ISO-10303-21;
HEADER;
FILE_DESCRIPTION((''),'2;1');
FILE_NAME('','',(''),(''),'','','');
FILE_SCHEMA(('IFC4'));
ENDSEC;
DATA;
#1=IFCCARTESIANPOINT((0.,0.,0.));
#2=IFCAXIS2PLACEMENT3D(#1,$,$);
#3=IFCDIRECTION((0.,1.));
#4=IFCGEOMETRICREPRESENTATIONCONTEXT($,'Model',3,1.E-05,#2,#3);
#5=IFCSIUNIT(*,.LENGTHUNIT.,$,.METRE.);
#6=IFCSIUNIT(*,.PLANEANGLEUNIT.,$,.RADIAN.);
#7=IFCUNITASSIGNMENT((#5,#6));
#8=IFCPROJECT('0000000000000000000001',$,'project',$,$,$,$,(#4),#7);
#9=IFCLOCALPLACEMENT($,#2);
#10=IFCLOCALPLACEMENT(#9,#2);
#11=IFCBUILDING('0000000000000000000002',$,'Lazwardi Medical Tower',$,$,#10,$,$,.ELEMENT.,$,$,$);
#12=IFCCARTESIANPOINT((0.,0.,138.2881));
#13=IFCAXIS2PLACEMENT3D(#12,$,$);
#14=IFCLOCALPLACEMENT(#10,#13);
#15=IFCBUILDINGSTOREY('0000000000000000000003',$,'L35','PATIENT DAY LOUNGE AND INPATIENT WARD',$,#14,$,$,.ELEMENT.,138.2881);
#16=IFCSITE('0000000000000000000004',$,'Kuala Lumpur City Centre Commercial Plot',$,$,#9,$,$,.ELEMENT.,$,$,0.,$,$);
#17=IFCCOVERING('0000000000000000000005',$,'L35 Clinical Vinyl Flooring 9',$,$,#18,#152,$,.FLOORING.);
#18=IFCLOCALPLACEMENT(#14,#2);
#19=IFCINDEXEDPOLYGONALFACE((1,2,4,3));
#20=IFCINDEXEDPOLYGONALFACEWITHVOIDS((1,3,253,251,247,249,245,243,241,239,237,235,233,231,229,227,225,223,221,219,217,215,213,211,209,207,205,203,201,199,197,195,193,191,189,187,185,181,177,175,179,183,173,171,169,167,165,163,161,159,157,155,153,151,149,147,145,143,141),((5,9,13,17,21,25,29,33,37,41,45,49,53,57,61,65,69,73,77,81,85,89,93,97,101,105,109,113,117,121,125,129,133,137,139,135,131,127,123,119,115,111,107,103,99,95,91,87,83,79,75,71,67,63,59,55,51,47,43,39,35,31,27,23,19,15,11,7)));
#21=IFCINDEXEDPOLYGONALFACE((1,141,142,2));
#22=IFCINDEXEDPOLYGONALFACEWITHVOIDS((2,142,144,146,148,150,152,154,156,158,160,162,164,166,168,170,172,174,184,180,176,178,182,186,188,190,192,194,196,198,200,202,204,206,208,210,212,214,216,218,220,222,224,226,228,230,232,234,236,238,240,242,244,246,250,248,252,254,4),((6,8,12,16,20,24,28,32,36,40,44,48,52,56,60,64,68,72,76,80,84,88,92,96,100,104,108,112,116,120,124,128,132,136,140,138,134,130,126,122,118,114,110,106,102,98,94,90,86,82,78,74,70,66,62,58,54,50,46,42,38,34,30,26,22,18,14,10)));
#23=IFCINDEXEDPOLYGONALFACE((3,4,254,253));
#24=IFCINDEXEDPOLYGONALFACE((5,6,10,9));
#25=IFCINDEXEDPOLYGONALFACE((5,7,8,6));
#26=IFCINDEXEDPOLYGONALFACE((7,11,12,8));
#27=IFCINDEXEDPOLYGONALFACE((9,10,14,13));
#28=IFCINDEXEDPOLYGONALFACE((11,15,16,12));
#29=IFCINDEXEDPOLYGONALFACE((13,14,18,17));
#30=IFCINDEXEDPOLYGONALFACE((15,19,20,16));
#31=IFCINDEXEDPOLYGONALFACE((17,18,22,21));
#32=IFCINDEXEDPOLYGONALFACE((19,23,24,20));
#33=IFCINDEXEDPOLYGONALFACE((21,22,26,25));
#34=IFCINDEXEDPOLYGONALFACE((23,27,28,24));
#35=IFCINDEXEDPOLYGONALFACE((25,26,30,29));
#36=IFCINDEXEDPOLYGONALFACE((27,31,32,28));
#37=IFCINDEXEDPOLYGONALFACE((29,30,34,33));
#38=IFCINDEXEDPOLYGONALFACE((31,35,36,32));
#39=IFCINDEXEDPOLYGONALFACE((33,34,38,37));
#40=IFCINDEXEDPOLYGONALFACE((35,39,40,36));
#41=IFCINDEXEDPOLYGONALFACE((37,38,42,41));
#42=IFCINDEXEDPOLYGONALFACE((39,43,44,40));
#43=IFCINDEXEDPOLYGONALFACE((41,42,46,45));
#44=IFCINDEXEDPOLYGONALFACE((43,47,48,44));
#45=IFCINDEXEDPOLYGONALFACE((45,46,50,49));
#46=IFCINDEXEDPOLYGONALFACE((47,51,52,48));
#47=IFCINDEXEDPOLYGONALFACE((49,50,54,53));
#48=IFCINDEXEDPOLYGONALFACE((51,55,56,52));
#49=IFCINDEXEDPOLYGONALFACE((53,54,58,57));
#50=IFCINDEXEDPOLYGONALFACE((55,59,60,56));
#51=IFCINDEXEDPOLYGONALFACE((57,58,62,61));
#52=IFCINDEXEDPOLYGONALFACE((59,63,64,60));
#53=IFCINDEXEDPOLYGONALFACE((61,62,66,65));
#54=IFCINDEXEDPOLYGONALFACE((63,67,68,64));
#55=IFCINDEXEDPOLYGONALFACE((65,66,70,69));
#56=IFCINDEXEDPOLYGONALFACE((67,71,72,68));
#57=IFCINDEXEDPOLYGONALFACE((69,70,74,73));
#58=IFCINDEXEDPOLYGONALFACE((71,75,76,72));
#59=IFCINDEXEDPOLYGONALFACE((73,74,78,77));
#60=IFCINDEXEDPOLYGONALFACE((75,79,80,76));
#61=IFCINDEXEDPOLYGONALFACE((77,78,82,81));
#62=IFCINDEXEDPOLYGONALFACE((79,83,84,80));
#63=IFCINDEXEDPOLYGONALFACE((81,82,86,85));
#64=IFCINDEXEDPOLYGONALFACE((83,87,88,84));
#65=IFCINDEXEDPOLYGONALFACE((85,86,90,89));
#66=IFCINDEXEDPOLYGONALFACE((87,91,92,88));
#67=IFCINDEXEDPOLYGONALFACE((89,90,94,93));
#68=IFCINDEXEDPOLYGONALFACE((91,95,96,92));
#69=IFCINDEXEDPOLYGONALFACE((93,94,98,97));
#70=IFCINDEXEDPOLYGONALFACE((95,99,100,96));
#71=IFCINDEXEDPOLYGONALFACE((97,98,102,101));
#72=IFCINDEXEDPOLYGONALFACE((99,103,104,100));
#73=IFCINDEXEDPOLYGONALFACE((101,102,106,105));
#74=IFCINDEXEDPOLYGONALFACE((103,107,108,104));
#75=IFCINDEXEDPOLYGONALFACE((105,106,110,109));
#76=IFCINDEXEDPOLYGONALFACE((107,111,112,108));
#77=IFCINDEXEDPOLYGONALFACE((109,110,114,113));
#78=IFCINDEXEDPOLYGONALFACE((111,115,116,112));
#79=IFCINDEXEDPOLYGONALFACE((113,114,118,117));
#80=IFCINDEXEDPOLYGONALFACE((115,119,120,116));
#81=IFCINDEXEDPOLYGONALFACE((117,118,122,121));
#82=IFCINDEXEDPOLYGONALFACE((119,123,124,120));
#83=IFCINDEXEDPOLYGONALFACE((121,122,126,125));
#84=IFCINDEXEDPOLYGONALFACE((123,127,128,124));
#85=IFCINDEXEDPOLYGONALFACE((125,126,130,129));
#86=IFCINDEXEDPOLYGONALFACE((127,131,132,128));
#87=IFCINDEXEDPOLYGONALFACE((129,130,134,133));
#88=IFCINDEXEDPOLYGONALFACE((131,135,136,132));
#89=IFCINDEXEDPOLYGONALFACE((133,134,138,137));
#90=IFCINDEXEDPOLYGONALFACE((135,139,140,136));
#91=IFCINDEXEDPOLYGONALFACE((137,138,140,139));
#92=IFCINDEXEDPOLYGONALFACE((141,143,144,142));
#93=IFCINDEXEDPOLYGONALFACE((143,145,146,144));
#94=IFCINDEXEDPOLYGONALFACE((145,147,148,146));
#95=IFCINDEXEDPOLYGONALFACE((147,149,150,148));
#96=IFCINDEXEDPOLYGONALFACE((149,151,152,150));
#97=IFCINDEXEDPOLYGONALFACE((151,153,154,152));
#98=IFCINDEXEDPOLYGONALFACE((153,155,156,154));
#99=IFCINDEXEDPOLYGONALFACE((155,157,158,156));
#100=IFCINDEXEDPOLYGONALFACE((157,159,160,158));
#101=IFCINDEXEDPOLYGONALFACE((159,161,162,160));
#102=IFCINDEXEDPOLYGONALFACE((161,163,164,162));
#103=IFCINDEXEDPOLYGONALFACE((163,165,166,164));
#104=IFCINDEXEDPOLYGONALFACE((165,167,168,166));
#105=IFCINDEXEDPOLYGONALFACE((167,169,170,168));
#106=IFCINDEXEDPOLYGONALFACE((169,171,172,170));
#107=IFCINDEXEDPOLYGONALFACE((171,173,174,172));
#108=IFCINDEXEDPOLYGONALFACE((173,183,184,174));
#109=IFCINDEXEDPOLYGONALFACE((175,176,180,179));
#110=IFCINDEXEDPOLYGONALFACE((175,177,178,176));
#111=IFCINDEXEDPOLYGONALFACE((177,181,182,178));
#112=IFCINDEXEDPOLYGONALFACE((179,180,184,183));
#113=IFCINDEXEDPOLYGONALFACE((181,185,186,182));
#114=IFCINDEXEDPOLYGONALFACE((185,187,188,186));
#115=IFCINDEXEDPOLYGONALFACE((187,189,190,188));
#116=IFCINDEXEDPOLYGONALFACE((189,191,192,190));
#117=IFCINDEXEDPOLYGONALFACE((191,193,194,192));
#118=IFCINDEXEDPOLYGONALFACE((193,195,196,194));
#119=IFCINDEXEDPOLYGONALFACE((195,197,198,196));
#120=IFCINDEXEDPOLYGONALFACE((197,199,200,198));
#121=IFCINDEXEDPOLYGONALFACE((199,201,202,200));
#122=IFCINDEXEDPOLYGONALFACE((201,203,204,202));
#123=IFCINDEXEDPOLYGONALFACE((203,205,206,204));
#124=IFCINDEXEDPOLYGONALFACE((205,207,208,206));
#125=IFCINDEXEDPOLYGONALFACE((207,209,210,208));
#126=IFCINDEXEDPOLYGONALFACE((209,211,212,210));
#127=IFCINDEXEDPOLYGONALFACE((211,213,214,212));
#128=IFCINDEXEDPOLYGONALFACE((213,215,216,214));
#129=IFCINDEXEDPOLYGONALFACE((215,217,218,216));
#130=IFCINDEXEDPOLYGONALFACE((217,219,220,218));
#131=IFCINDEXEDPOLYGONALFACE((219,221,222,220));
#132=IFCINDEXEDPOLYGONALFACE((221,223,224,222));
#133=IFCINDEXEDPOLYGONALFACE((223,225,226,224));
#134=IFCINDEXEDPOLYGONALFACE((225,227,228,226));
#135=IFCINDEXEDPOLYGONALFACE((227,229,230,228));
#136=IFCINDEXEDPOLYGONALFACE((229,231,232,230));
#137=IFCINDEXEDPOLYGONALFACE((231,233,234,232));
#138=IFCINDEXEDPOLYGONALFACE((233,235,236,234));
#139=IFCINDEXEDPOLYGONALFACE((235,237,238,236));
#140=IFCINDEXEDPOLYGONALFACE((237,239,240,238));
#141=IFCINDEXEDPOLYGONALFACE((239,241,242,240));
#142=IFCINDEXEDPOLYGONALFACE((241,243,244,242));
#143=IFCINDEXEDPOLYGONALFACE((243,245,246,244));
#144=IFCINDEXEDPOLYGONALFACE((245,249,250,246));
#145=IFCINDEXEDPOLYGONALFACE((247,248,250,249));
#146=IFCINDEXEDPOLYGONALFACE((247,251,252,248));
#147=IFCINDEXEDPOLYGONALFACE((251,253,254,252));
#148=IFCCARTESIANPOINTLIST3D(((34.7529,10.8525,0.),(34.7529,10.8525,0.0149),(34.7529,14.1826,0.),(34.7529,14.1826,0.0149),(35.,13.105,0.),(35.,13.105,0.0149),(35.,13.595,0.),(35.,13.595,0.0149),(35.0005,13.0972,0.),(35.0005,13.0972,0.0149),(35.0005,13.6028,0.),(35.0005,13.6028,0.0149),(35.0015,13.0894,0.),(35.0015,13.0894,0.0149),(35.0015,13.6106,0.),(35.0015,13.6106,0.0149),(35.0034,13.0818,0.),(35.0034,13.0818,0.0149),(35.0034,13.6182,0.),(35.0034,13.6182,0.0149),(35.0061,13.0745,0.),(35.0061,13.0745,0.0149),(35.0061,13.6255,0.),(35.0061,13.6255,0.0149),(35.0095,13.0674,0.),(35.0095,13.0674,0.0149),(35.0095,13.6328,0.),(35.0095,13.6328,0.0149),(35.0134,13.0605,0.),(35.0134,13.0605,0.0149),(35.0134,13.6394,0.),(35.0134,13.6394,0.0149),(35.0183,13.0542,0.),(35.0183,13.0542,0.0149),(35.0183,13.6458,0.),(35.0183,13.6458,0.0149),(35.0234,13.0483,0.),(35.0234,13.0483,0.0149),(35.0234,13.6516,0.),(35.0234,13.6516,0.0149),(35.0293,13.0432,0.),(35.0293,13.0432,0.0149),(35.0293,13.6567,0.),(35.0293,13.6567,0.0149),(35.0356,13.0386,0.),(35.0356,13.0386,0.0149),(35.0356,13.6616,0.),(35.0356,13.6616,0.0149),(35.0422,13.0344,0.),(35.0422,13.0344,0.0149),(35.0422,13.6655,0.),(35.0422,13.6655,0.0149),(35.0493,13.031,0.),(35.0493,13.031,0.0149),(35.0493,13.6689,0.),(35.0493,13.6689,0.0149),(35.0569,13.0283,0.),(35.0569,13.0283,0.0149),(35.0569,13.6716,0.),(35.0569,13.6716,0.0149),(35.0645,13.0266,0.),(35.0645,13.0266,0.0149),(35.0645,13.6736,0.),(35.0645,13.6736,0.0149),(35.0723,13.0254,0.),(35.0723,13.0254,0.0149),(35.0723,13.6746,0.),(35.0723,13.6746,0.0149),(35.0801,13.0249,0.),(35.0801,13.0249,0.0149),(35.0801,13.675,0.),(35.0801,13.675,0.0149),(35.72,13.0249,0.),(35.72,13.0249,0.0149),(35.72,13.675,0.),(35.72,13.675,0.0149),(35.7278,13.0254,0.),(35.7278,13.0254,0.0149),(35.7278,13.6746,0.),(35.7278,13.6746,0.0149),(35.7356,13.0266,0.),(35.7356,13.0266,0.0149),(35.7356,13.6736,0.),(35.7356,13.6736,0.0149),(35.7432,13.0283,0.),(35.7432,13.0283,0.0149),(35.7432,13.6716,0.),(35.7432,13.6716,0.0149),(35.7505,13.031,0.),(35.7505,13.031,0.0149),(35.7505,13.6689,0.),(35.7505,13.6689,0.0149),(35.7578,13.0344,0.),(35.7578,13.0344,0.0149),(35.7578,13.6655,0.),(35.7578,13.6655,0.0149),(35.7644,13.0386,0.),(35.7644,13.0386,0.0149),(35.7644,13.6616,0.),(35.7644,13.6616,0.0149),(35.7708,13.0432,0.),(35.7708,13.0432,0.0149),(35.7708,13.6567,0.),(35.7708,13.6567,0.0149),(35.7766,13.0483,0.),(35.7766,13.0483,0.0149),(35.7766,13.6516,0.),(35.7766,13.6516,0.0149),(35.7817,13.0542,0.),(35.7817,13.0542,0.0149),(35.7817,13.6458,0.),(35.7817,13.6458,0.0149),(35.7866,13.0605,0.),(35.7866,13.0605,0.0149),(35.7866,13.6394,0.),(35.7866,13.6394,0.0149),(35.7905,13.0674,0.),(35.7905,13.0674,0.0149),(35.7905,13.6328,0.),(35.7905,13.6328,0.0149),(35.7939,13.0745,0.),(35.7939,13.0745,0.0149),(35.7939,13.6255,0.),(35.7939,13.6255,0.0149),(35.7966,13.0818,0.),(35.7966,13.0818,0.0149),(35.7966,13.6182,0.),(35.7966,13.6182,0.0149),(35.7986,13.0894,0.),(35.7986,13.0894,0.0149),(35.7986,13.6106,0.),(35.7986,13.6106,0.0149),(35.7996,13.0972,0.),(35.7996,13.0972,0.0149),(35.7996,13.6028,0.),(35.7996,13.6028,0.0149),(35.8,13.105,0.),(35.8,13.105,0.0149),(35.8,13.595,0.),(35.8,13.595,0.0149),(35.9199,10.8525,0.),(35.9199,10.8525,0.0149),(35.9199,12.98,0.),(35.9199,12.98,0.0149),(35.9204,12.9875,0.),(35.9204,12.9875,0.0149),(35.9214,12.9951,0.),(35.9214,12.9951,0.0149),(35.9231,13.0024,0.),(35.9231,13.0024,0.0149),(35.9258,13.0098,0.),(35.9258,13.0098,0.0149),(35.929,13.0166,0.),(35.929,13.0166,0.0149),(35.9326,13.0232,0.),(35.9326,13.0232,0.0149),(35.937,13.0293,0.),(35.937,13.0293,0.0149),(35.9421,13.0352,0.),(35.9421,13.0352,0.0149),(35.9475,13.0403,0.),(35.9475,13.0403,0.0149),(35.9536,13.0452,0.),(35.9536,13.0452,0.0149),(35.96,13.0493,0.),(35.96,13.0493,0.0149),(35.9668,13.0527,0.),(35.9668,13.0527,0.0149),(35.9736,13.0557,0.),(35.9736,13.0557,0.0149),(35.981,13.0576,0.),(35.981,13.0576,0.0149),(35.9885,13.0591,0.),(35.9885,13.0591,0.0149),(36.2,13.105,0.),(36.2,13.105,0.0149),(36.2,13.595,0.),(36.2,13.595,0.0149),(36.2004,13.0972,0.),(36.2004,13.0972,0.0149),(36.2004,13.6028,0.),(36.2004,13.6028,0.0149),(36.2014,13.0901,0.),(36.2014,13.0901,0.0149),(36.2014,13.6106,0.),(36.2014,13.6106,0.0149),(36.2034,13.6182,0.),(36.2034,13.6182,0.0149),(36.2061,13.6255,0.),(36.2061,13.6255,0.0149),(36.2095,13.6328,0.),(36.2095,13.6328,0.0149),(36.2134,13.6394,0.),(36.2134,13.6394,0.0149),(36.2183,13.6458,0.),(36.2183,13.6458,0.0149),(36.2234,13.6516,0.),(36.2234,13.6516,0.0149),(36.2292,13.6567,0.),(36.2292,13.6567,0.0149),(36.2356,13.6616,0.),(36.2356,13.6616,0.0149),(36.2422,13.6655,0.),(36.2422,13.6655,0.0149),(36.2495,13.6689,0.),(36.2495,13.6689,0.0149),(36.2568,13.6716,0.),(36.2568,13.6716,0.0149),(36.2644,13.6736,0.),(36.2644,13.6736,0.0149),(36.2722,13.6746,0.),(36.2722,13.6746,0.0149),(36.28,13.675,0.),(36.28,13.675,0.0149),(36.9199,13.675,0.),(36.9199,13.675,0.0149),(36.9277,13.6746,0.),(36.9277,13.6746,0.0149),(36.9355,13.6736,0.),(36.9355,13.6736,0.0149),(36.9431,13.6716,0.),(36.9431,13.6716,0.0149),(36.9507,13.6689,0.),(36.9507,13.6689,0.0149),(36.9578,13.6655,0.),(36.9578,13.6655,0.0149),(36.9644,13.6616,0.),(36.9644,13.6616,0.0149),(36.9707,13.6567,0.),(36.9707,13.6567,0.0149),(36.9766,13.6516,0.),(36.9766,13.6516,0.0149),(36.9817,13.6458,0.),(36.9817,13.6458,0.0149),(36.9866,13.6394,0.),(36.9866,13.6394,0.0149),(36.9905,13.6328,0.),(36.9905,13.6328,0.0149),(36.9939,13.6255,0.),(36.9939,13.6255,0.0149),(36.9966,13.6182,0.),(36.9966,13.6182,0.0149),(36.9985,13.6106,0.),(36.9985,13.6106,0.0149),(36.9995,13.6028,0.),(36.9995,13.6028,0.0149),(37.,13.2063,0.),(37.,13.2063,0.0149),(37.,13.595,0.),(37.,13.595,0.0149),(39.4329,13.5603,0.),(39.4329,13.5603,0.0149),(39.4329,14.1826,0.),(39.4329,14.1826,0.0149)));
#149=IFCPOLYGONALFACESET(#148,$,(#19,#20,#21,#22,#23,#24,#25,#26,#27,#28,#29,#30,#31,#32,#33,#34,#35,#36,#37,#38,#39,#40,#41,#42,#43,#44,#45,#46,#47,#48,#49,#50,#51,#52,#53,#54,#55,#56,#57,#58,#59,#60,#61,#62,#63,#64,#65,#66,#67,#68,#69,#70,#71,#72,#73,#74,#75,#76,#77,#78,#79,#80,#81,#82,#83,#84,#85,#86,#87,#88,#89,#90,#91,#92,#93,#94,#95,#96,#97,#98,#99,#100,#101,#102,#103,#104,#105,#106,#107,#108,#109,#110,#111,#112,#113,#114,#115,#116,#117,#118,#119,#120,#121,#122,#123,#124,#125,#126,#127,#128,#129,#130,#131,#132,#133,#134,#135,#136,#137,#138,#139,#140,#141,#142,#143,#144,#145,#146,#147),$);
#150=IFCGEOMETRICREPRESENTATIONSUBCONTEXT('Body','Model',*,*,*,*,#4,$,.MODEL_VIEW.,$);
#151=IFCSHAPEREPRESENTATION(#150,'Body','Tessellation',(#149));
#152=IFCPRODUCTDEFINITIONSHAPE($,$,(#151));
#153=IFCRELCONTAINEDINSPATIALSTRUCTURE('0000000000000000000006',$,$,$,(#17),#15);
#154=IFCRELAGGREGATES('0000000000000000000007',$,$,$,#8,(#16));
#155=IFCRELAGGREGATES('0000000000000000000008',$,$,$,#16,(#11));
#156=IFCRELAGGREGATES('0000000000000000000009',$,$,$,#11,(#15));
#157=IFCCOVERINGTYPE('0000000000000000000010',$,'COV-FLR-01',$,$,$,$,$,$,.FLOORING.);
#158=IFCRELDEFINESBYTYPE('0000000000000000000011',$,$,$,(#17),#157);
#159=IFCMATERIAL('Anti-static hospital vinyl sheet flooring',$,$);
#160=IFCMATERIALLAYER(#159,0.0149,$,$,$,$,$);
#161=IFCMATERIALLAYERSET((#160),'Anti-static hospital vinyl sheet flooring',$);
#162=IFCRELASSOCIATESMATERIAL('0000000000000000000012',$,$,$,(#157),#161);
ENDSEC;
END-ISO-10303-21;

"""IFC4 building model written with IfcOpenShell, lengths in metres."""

from ifc_helpers import new_model, si_unit, direction, frame, origin, place, context, subcontext, project, spatial, polyline, outline, extrude, material, layer, layer_set, type_object, element, save


model = new_model("IFC4")

# Units and contexts
model_context = context("Model", 3, precision=1e-05, world=origin(), true_north=direction((0.0, 1.0)))
body_context = subcontext(model_context, "Body", "Model", "MODEL_VIEW")
ifc_project = project(units=[si_unit("LENGTHUNIT", "METRE"), si_unit("PLANEANGLEUNIT", "RADIAN")], contexts=[model_context])

# Site, building, storey
site_placement = place(None, origin())
site = spatial("IfcSite", under=ifc_project, at=site_placement, Name="Kuala Lumpur City Centre Commercial Plot", CompositionType="ELEMENT", RefElevation=0.0)
building_placement = place(site_placement, origin())
building = spatial("IfcBuilding", under=site, at=building_placement, Name="Lazwardi Medical Tower", CompositionType="ELEMENT")
storey_placement = place(building_placement, frame((0.0, 0.0, 138.2881)))
storey = spatial("IfcBuildingStorey", under=building, at=storey_placement, Name="L35", Description="PATIENT DAY LOUNGE AND INPATIENT WARD", CompositionType="ELEMENT", Elevation=138.2881)

# Covering
ifc_material_1 = material(Name="Anti-static hospital vinyl sheet flooring")
ifc_layer_1 = layer(ifc_material_1, 0.0149)
ifc_layer_set_1 = layer_set([ifc_layer_1], Name="Anti-static hospital vinyl sheet flooring")
covering_type_1 = type_object("IfcCoveringType", Name="COV-FLR-01", PredefinedType="FLOORING", material=ifc_layer_set_1)
covering_1_placement = place(storey_placement, origin())
element("IfcCovering", 1, at=covering_1_placement, inside=storey, type_object=covering_type_1, Name="L35 Clinical Vinyl Flooring 9", PredefinedType="FLOORING", context=body_context, shape_type="SweptSolid", body=[
    extrude(outline(polyline([(35.9199, 10.8525), (35.9199, 12.98), (35.9204, 12.9875), (35.9214, 12.9951), (35.9231, 13.0024), (35.9258, 13.0098), (35.929, 13.0166), (35.9326, 13.0232), (35.937, 13.0293), (35.9421, 13.0352), (35.9475, 13.0403), (35.9536, 13.0452), (35.96, 13.0493), (35.9668, 13.0527), (35.9736, 13.0557), (35.981, 13.0576), (35.9885, 13.0591), (36.2014, 13.0901), (36.2004, 13.0972), (36.2, 13.105), (36.2, 13.595), (36.2004, 13.6028), (36.2014, 13.6106), (36.2034, 13.6182), (36.2061, 13.6255), (36.2095, 13.6328), (36.2134, 13.6394), (36.2183, 13.6458), (36.2234, 13.6516), (36.2292, 13.6567), (36.2356, 13.6616), (36.2422, 13.6655), (36.2495, 13.6689), (36.2568, 13.6716), (36.2644, 13.6736), (36.2722, 13.6746), (36.28, 13.675), (36.9199, 13.675), (36.9277, 13.6746), (36.9355, 13.6736), (36.9431, 13.6716), (36.9507, 13.6689), (36.9578, 13.6655), (36.9644, 13.6616), (36.9707, 13.6567), (36.9766, 13.6516), (36.9817, 13.6458), (36.9866, 13.6394), (36.9905, 13.6328), (36.9939, 13.6255), (36.9966, 13.6182), (36.9985, 13.6106), (36.9995, 13.6028), (37.0, 13.595), (37.0, 13.2063), (39.4329, 13.5603), (39.4329, 14.1826), (34.7529, 14.1826), (34.7529, 10.8525), (35.9199, 10.8525)]), holes=[polyline([(35.7432, 13.0283), (35.7356, 13.0266), (35.7278, 13.0254), (35.72, 13.0249), (35.0801, 13.0249), (35.0723, 13.0254), (35.0645, 13.0266), (35.0569, 13.0283), (35.0493, 13.031), (35.0422, 13.0344), (35.0356, 13.0386), (35.0293, 13.0432), (35.0234, 13.0483), (35.0183, 13.0542), (35.0134, 13.0605), (35.0095, 13.0674), (35.0061, 13.0745), (35.0034, 13.0818), (35.0015, 13.0894), (35.0005, 13.0972), (35.0, 13.105), (35.0, 13.595), (35.0005, 13.6028), (35.0015, 13.6106), (35.0034, 13.6182), (35.0061, 13.6255), (35.0095, 13.6328), (35.0134, 13.6394), (35.0183, 13.6458), (35.0234, 13.6516), (35.0293, 13.6567), (35.0356, 13.6616), (35.0422, 13.6655), (35.0493, 13.6689), (35.0569, 13.6716), (35.0645, 13.6736), (35.0723, 13.6746), (35.0801, 13.675), (35.72, 13.675), (35.7278, 13.6746), (35.7356, 13.6736), (35.7432, 13.6716), (35.7505, 13.6689), (35.7578, 13.6655), (35.7644, 13.6616), (35.7708, 13.6567), (35.7766, 13.6516), (35.7817, 13.6458), (35.7866, 13.6394), (35.7905, 13.6328), (35.7939, 13.6255), (35.7966, 13.6182), (35.7986, 13.6106), (35.7996, 13.6028), (35.8, 13.595), (35.8, 13.105), (35.7996, 13.0972), (35.7986, 13.0894), (35.7966, 13.0818), (35.7939, 13.0745), (35.7905, 13.0674), (35.7866, 13.0605), (35.7817, 13.0542), (35.7766, 13.0483), (35.7708, 13.0432), (35.7644, 13.0386), (35.7578, 13.0344), (35.7505, 13.031), (35.7432, 13.0283)])]), origin(), (0.0, 0.0, 1.0), 0.0149),
])

save(model, "model.ifc")
